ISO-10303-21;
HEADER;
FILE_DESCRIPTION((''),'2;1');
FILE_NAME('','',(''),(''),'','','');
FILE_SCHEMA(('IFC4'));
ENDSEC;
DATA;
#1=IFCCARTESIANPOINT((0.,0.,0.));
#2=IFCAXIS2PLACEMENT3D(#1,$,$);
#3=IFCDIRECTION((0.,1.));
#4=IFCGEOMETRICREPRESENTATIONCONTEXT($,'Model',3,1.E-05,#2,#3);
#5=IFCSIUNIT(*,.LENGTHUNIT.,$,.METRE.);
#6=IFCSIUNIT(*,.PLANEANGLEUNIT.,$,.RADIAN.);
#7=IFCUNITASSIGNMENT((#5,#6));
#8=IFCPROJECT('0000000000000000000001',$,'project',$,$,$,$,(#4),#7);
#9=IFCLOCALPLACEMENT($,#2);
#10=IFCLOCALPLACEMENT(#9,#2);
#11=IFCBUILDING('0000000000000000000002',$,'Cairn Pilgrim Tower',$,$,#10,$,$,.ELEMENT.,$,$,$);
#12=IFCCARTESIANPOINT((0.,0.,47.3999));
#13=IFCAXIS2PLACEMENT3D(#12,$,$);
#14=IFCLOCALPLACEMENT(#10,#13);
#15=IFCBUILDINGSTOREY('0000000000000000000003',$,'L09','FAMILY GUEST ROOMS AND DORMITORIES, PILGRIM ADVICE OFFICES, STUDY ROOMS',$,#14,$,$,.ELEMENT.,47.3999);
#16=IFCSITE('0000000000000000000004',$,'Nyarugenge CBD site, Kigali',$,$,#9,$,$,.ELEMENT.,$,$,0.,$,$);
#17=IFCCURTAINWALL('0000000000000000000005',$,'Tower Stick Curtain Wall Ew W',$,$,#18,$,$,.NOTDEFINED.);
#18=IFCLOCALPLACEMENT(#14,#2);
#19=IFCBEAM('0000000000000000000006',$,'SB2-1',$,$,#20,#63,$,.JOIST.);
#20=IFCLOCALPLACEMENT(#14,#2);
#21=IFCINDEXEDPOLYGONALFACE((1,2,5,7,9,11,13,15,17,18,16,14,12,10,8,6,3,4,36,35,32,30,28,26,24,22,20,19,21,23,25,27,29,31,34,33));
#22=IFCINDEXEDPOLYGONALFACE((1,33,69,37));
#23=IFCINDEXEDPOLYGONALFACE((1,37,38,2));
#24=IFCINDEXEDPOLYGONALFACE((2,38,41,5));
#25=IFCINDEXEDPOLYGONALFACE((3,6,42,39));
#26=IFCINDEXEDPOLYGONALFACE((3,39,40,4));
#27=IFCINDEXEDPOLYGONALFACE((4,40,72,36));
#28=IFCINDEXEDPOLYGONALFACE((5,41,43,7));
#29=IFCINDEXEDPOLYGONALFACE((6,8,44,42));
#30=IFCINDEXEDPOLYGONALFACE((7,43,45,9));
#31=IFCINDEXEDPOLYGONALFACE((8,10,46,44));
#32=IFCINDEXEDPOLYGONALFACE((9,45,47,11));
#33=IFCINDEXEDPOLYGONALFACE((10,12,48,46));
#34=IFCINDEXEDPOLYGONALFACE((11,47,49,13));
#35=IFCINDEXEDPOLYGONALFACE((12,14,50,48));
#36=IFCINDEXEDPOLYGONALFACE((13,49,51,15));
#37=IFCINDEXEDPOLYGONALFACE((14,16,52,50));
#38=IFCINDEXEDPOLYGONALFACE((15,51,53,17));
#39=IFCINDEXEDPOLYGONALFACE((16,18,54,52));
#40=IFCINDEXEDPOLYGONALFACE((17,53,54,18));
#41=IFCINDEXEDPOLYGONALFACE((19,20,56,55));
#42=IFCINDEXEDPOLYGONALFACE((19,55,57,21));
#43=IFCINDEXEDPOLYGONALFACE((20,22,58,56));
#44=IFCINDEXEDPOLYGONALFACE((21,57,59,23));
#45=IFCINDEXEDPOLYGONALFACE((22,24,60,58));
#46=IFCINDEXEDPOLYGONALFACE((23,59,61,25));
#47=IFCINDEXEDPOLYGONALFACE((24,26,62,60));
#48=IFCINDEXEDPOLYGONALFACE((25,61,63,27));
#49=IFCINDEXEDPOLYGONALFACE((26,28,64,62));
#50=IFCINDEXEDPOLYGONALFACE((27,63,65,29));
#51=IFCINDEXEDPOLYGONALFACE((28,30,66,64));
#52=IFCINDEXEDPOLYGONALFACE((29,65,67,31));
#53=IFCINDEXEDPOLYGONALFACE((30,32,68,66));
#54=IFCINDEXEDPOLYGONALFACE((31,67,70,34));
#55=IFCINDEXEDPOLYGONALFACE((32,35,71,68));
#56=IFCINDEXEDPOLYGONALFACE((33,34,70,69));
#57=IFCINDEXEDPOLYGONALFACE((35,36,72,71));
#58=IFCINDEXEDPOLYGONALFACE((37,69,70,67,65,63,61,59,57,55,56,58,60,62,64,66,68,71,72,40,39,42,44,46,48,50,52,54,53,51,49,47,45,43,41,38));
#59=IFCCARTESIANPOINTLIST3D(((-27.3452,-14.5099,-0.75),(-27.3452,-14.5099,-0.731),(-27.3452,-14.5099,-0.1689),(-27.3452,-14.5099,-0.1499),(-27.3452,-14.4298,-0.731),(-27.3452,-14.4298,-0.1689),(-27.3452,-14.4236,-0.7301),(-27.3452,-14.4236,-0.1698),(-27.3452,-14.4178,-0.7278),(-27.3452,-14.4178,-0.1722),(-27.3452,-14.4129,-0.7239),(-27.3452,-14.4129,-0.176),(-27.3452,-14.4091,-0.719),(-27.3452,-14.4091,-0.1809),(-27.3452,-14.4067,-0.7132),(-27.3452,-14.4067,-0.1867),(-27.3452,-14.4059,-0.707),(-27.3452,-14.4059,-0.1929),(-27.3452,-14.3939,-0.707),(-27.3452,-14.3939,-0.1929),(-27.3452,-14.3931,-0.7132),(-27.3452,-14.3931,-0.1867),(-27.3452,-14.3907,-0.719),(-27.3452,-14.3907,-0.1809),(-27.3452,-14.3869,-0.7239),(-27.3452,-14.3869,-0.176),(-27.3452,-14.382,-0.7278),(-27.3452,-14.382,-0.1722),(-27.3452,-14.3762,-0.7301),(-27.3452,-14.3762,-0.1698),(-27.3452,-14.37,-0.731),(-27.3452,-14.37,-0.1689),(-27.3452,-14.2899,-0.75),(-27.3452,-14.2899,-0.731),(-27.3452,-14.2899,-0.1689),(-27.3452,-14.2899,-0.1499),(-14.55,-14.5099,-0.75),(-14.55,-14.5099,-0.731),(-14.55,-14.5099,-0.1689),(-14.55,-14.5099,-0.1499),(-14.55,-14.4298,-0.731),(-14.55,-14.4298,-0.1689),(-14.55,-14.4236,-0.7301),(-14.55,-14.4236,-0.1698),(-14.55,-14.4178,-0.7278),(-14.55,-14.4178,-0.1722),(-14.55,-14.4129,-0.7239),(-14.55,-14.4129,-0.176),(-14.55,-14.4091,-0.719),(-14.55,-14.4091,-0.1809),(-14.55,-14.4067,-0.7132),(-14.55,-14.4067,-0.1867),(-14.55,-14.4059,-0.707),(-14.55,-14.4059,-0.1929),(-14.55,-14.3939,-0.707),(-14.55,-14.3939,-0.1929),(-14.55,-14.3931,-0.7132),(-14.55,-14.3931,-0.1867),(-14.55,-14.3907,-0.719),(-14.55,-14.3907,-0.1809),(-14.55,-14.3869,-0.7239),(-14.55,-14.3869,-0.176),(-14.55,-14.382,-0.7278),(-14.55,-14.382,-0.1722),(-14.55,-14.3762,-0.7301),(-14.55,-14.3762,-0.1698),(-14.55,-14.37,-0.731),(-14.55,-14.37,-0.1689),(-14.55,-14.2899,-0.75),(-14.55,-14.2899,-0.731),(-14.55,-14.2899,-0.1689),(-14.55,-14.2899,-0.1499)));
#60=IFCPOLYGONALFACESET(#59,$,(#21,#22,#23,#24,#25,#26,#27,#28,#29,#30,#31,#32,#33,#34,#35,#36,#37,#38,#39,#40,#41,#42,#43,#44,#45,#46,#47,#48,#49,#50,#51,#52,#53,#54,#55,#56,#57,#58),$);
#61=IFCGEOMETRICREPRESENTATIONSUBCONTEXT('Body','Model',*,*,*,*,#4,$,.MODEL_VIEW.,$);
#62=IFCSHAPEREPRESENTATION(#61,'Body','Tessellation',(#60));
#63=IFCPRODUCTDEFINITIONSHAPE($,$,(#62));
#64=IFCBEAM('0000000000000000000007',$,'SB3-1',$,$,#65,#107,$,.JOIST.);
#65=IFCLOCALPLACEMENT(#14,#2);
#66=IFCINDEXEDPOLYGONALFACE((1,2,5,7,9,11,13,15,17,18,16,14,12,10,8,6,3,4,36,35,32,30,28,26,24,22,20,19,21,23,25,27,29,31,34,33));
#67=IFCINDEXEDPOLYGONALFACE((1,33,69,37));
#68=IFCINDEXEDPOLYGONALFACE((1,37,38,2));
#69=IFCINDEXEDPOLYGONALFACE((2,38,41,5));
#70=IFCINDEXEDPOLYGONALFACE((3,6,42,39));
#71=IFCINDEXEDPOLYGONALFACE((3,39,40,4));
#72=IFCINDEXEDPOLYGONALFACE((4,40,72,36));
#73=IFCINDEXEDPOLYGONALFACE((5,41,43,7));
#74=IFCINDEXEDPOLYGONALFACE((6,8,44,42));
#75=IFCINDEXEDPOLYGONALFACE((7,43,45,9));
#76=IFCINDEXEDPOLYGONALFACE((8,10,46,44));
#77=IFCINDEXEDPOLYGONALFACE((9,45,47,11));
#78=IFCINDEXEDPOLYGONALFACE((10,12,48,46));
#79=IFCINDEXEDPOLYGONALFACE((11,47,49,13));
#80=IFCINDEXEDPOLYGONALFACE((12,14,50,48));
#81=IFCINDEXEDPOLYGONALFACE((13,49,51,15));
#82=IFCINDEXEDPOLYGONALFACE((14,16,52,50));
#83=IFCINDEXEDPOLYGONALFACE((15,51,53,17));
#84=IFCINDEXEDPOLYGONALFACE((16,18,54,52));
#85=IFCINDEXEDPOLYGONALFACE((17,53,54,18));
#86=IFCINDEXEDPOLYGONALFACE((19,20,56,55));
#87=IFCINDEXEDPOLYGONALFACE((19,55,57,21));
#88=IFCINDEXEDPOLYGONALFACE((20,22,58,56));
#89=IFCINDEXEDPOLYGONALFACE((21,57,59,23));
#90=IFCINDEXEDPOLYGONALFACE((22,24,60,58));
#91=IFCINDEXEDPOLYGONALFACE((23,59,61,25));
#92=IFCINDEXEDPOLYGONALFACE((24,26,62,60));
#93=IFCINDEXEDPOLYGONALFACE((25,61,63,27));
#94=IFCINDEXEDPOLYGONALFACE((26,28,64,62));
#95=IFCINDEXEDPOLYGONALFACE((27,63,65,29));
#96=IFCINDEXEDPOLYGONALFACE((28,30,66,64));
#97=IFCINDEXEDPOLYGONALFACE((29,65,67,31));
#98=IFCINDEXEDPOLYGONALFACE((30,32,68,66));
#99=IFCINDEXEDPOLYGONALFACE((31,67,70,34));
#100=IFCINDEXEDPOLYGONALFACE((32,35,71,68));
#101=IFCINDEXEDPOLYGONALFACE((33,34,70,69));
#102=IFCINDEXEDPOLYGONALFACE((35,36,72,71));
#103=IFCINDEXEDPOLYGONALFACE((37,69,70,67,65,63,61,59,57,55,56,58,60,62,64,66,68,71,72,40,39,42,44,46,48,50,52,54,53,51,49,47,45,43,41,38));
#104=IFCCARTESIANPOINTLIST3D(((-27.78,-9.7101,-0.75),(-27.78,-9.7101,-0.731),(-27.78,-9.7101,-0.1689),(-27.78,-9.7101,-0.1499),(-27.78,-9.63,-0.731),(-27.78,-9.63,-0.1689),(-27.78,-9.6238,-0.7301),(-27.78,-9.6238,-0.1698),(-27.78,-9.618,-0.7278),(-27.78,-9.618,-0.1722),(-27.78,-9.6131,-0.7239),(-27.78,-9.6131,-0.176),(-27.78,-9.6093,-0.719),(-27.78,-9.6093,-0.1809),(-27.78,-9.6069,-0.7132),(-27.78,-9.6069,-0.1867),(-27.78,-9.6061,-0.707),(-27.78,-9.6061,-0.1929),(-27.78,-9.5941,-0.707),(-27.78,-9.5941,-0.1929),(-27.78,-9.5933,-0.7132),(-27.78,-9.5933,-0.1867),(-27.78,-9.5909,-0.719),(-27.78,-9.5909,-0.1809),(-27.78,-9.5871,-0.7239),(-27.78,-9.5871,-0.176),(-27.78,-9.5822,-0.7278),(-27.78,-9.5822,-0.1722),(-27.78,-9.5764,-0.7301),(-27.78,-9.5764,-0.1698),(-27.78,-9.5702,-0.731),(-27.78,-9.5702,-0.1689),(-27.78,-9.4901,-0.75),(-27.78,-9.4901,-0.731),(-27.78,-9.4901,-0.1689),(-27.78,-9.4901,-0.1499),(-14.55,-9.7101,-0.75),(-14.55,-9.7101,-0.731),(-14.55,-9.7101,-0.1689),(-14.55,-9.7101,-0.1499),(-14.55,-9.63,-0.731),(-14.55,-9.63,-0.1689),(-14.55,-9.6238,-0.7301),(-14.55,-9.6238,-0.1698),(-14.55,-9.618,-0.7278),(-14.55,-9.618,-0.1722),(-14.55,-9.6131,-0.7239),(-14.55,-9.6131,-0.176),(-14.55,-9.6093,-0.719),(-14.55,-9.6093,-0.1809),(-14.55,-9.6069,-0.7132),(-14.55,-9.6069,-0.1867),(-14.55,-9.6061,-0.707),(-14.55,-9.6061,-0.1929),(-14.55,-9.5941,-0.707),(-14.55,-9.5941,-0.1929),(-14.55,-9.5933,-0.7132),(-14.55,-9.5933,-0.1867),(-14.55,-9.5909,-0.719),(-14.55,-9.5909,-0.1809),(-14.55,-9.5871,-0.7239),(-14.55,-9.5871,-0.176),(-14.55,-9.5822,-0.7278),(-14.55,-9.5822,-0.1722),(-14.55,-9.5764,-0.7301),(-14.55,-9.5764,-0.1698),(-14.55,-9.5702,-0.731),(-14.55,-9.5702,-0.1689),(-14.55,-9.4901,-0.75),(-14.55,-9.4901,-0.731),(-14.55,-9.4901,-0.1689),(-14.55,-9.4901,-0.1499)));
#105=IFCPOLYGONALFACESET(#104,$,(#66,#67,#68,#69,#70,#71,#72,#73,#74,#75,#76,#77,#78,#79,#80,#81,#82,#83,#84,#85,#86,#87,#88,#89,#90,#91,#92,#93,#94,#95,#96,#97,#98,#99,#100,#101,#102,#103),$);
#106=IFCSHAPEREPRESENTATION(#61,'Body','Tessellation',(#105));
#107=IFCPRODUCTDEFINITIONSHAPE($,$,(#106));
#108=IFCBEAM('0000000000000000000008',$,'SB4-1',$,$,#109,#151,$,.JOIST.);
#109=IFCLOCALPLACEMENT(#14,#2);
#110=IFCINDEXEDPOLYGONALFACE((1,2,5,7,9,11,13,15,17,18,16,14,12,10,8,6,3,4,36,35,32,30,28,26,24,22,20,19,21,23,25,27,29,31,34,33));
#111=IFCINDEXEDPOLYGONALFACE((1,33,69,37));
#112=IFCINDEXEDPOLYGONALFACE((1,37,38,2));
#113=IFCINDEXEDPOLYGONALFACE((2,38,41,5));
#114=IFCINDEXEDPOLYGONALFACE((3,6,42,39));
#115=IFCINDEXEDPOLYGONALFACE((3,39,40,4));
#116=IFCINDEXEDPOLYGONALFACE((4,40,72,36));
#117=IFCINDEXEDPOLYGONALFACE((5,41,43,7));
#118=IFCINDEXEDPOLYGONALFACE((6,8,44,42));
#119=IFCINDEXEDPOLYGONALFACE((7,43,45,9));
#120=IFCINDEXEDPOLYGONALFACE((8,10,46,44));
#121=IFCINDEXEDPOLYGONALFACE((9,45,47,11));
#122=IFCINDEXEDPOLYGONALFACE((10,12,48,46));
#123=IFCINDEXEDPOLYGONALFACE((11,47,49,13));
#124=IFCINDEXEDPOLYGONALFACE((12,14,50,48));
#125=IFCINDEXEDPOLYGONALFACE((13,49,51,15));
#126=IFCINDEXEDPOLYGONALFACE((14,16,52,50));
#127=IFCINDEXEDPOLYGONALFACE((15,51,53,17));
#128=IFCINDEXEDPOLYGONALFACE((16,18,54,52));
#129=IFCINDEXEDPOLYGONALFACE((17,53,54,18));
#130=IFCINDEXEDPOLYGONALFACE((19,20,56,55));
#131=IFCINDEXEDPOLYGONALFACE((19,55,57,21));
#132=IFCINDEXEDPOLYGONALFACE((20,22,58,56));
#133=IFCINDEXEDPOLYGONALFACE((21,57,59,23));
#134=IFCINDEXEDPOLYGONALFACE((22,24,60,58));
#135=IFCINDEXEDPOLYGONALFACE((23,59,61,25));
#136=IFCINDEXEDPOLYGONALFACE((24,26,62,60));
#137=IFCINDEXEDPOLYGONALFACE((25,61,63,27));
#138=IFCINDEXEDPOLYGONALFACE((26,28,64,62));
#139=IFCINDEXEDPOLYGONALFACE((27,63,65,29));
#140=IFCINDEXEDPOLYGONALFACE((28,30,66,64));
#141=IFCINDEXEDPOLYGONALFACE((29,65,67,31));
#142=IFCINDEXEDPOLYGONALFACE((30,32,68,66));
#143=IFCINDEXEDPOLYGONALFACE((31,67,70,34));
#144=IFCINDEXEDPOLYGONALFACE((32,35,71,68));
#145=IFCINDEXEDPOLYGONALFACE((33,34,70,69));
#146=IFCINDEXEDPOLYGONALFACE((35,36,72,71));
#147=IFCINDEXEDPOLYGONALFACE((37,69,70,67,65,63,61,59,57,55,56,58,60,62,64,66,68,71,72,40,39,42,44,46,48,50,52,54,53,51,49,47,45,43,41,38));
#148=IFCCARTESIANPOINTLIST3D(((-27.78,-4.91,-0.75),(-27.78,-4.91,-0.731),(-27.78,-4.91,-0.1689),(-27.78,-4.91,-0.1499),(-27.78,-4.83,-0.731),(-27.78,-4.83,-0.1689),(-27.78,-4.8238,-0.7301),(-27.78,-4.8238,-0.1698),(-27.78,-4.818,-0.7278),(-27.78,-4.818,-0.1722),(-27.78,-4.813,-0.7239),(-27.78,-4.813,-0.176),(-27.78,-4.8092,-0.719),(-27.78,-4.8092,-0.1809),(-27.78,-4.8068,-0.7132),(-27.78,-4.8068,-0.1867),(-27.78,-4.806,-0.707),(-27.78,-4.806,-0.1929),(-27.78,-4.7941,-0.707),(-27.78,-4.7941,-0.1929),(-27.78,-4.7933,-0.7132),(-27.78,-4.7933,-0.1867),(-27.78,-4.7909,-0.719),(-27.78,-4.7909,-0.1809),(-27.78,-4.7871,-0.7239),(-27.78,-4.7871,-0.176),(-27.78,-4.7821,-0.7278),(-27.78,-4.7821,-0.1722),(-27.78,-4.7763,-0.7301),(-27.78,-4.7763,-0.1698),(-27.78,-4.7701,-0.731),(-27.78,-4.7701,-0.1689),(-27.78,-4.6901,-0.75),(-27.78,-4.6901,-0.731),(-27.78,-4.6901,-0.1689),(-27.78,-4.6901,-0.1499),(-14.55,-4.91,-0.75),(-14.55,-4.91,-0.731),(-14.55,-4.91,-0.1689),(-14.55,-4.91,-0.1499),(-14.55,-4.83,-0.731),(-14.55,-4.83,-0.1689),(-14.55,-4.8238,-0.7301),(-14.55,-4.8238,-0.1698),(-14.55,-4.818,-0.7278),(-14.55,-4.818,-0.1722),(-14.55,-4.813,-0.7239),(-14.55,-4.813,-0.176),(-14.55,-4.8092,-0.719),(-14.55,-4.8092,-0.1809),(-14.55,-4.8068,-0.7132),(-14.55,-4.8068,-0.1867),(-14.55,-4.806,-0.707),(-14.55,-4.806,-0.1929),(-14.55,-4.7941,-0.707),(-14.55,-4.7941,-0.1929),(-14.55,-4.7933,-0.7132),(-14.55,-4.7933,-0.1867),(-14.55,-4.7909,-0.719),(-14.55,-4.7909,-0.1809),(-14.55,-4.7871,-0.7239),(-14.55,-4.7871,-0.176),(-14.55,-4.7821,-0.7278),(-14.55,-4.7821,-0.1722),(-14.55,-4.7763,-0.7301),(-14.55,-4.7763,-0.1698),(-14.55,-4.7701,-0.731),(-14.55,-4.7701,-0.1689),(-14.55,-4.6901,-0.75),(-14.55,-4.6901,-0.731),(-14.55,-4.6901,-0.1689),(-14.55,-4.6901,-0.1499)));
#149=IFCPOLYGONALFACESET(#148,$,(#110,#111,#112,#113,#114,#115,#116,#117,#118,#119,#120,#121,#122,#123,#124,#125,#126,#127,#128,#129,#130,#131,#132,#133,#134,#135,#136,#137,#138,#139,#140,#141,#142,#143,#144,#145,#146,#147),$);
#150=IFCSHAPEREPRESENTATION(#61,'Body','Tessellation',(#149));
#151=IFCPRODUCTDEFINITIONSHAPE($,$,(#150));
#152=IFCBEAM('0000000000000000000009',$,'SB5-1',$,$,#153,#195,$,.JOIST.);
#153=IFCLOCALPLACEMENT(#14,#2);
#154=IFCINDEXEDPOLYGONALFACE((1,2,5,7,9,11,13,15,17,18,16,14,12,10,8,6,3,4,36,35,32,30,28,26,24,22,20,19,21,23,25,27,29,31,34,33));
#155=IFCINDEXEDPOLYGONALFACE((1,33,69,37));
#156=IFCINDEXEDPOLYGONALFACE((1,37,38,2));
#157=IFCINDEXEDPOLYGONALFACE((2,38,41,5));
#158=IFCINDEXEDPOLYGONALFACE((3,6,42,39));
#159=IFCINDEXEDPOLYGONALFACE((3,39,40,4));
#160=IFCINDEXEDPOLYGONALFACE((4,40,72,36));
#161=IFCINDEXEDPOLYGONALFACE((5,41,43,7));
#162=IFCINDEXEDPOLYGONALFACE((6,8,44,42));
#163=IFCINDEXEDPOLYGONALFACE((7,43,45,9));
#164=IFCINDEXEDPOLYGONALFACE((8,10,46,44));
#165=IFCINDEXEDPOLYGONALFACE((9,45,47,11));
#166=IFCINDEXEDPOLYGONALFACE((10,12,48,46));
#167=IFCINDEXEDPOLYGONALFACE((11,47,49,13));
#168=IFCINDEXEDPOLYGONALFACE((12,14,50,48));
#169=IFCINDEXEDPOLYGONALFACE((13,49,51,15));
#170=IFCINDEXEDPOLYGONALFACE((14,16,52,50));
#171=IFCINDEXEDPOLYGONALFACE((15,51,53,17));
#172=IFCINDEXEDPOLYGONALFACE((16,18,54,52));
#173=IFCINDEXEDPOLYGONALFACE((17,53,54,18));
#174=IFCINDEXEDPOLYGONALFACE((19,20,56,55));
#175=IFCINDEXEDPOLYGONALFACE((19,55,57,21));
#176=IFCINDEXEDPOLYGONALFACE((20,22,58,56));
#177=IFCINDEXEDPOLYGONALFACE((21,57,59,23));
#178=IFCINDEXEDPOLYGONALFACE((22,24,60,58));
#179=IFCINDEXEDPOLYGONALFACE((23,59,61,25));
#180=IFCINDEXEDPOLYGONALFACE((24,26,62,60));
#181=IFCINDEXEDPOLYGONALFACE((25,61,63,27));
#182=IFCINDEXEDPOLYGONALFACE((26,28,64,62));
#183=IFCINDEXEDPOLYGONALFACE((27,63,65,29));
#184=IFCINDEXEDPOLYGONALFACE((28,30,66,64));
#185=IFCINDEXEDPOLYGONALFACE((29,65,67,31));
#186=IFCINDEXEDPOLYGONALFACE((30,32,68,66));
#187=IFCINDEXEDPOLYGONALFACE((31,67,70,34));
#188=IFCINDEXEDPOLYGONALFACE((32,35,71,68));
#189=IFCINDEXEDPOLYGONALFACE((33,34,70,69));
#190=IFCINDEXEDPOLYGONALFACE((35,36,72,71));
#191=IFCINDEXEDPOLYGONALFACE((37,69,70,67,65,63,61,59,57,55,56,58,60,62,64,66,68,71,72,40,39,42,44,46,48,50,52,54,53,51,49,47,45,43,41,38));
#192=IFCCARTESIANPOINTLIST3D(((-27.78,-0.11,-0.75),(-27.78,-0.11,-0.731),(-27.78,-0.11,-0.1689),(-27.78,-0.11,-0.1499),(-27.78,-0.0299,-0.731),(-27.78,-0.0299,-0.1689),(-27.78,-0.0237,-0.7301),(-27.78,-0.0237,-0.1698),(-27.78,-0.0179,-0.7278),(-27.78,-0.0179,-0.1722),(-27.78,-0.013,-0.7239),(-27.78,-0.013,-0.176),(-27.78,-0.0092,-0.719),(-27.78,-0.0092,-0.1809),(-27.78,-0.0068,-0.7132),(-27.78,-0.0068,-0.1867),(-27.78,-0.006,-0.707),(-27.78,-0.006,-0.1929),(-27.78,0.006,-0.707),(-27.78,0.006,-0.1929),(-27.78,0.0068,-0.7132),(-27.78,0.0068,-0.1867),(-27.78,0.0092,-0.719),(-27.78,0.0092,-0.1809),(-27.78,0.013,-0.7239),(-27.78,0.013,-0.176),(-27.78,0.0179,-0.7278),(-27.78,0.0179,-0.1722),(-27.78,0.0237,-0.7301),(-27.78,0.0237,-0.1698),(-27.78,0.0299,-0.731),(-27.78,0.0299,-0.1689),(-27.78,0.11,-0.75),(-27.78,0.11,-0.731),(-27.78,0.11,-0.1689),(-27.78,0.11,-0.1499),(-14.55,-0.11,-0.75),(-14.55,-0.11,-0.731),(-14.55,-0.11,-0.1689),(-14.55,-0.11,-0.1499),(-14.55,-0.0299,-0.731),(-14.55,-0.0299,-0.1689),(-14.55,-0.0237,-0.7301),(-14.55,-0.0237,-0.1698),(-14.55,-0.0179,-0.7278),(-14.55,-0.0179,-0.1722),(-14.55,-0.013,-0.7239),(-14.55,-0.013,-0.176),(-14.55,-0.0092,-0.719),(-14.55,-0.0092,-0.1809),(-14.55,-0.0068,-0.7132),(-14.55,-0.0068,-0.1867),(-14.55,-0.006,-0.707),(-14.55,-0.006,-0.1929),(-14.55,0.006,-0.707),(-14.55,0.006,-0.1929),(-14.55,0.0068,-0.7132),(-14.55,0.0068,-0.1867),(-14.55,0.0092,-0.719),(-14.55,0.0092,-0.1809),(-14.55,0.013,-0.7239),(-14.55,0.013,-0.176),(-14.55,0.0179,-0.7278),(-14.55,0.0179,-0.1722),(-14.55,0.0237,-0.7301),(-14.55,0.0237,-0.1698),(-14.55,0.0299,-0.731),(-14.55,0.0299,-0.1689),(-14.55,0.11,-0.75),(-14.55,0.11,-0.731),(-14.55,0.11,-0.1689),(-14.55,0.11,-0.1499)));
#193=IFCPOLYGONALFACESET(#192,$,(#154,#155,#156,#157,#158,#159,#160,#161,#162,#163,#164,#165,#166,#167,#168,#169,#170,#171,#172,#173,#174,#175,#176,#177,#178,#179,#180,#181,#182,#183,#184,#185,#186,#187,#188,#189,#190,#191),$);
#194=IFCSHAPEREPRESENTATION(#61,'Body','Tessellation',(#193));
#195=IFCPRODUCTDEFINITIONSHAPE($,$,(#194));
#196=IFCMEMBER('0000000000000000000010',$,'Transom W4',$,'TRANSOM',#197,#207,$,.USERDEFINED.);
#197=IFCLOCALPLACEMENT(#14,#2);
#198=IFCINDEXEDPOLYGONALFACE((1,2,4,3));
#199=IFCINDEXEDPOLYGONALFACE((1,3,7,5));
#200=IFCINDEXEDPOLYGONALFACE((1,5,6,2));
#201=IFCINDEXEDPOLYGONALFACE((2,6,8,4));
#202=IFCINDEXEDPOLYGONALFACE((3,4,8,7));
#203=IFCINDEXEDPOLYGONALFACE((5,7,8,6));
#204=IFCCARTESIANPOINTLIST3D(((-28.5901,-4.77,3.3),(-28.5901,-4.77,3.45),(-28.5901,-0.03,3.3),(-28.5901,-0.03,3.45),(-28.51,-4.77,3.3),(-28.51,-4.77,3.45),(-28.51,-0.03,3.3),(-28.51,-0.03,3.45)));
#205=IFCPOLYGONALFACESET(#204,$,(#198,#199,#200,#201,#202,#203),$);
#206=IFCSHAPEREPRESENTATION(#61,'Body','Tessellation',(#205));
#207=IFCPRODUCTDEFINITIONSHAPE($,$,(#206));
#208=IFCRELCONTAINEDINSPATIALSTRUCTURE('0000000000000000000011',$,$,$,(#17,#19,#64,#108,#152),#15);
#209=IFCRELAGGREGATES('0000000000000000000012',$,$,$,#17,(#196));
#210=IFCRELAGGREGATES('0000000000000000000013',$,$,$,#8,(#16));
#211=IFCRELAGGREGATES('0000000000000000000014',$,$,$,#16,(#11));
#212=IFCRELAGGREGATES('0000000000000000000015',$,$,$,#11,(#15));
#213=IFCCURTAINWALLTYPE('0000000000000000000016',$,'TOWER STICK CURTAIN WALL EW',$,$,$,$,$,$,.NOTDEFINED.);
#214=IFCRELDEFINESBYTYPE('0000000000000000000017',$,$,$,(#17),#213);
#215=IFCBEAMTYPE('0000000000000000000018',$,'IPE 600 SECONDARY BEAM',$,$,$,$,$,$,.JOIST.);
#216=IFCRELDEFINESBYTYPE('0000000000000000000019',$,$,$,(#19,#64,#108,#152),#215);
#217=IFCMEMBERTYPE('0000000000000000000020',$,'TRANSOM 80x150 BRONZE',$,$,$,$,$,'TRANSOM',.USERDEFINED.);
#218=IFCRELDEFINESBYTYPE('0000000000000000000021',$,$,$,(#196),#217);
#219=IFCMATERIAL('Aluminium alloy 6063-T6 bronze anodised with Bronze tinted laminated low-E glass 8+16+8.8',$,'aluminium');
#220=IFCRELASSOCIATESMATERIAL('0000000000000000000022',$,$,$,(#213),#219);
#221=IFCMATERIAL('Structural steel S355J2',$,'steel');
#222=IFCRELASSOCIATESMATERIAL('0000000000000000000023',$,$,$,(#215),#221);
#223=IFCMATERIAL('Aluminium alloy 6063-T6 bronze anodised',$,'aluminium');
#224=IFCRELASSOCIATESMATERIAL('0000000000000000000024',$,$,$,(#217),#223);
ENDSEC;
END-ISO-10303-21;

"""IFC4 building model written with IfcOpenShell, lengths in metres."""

from ifc_helpers import new_model, si_unit, direction, frame, origin, origin_2d, place, context, subcontext, project, spatial, rectangle, i_section, extrude, material, material_profile, profile_set, type_object, element, aggregate, save


model = new_model("IFC4")

# Units and contexts
model_context = context("Model", 3, precision=1e-05, world=origin(), true_north=direction((0.0, 1.0)))
body_context = subcontext(model_context, "Body", "Model", "MODEL_VIEW")
ifc_project = project(units=[si_unit("LENGTHUNIT", "METRE"), si_unit("PLANEANGLEUNIT", "RADIAN")], contexts=[model_context])

# Site, building, storey
site_placement = place(None, origin())
site = spatial("IfcSite", under=ifc_project, at=site_placement, Name="Nyarugenge CBD site, Kigali", CompositionType="ELEMENT", RefElevation=0.0)
building_placement = place(site_placement, origin())
building = spatial("IfcBuilding", under=site, at=building_placement, Name="Cairn Pilgrim Tower", CompositionType="ELEMENT")
storey_placement = place(building_placement, frame((0.0, 0.0, 47.3999)))
storey = spatial("IfcBuildingStorey", under=building, at=storey_placement, Name="L09", Description="FAMILY GUEST ROOMS AND DORMITORIES, PILGRIM ADVICE OFFICES, STUDY ROOMS", CompositionType="ELEMENT", Elevation=47.3999)

# Curtain wall
ifc_material_1 = material(Name="Aluminium alloy 6063-T6 bronze anodised with Bronze tinted laminated low-E glass 8+16+8.8", Category="aluminium")
curtain_wall_type_1 = type_object("IfcCurtainWallType", Name="TOWER STICK CURTAIN WALL EW", PredefinedType="NOTDEFINED", material=ifc_material_1)
curtain_wall_1_placement = place(storey_placement, origin())
curtain_wall_1 = element("IfcCurtainWall", 1, at=curtain_wall_1_placement, inside=storey, type_object=curtain_wall_type_1, Name="Tower Stick Curtain Wall Ew W", PredefinedType="NOTDEFINED")
ifc_material_2 = material(Name="Aluminium alloy 6063-T6 bronze anodised", Category="aluminium")

# Beams
ifc_material_3 = material(Name="Structural steel S355J2", Category="steel")
ifc_material_profile_1 = material_profile(ifc_material_3, i_section(OverallWidth=0.22, OverallDepth=0.6001, WebThickness=0.012, FlangeThickness=0.019, FilletRadius=0.0239, at=origin_2d()), Name="IPE 600")
ifc_profile_set_1 = profile_set([ifc_material_profile_1], Name="Structural steel S355J2")
beam_type_1 = type_object("IfcBeamType", Name="IPE 600 SECONDARY BEAM", PredefinedType="JOIST", material=ifc_profile_set_1)
beam_1_placement = place(storey_placement, frame((-27.3452, -14.3999, -0.45), z_axis=(1.0, 0.0, 0.0), x_axis=(0.0, 1.0, 0.0)))
element("IfcBeam", 2, at=beam_1_placement, inside=storey, type_object=beam_type_1, Name="SB2-1", PredefinedType="JOIST", context=body_context, shape_type="SweptSolid", body=[
    extrude(i_section(OverallWidth=0.22, OverallDepth=0.6001, WebThickness=0.012, FlangeThickness=0.019, FilletRadius=0.0239, at=origin_2d()), origin(), (0.0, 0.0, 1.0), 12.7952),
])
for number, where, z_axis, x_axis, name in (
    (3, (-27.78, -9.6001, -0.45), (1.0, 0.0, 0.0), (0.0, 1.0, 0.0), "SB3-1"),
    (4, (-27.78, -4.8, -0.45), (1.0, 0.0, 0.0), (0.0, 1.0, 0.0), "SB4-1"),
    (5, (-27.78, 0.0, -0.45), (1.0, 0.0, 0.0), (0.0, 1.0, 0.0), "SB5-1"),
):
    element("IfcBeam", number, at=place(storey_placement, frame(where, z_axis=z_axis, x_axis=x_axis)), inside=storey, type_object=beam_type_1, Name=name, PredefinedType="JOIST", context=body_context, shape_type="SweptSolid", body=[
        extrude(i_section(OverallWidth=0.22, OverallDepth=0.6001, WebThickness=0.012, FlangeThickness=0.019, FilletRadius=0.0239, at=origin_2d()), origin(), (0.0, 0.0, 1.0), 13.23),
    ])

# Member
ifc_material_profile_2 = material_profile(ifc_material_2, rectangle(XDim=0.0801, YDim=0.1499, at=origin_2d()), Name="TRANSOM 80x150 BRONZE")
ifc_profile_set_2 = profile_set([ifc_material_profile_2], Name="Aluminium alloy 6063-T6 bronze anodised")
member_type_1 = type_object("IfcMemberType", Name="TRANSOM 80x150 BRONZE", ElementType="TRANSOM", PredefinedType="USERDEFINED", material=ifc_profile_set_2)
member_1_placement = place(storey_placement, frame((-28.55, -0.03, 3.375), z_axis=(0.0, -1.0, 0.0), x_axis=(1.0, 0.0, 0.0)))
member_1 = element("IfcMember", 6, at=member_1_placement, type_object=member_type_1, Name="Transom W4", ObjectType="TRANSOM", PredefinedType="USERDEFINED", context=body_context, shape_type="SweptSolid", body=[
    extrude(rectangle(XDim=0.0801, YDim=0.1499, at=origin_2d()), origin(), (0.0, 0.0, 1.0), 4.74),
])

aggregate(curtain_wall_1, [member_1])

save(model, "model.ifc")
